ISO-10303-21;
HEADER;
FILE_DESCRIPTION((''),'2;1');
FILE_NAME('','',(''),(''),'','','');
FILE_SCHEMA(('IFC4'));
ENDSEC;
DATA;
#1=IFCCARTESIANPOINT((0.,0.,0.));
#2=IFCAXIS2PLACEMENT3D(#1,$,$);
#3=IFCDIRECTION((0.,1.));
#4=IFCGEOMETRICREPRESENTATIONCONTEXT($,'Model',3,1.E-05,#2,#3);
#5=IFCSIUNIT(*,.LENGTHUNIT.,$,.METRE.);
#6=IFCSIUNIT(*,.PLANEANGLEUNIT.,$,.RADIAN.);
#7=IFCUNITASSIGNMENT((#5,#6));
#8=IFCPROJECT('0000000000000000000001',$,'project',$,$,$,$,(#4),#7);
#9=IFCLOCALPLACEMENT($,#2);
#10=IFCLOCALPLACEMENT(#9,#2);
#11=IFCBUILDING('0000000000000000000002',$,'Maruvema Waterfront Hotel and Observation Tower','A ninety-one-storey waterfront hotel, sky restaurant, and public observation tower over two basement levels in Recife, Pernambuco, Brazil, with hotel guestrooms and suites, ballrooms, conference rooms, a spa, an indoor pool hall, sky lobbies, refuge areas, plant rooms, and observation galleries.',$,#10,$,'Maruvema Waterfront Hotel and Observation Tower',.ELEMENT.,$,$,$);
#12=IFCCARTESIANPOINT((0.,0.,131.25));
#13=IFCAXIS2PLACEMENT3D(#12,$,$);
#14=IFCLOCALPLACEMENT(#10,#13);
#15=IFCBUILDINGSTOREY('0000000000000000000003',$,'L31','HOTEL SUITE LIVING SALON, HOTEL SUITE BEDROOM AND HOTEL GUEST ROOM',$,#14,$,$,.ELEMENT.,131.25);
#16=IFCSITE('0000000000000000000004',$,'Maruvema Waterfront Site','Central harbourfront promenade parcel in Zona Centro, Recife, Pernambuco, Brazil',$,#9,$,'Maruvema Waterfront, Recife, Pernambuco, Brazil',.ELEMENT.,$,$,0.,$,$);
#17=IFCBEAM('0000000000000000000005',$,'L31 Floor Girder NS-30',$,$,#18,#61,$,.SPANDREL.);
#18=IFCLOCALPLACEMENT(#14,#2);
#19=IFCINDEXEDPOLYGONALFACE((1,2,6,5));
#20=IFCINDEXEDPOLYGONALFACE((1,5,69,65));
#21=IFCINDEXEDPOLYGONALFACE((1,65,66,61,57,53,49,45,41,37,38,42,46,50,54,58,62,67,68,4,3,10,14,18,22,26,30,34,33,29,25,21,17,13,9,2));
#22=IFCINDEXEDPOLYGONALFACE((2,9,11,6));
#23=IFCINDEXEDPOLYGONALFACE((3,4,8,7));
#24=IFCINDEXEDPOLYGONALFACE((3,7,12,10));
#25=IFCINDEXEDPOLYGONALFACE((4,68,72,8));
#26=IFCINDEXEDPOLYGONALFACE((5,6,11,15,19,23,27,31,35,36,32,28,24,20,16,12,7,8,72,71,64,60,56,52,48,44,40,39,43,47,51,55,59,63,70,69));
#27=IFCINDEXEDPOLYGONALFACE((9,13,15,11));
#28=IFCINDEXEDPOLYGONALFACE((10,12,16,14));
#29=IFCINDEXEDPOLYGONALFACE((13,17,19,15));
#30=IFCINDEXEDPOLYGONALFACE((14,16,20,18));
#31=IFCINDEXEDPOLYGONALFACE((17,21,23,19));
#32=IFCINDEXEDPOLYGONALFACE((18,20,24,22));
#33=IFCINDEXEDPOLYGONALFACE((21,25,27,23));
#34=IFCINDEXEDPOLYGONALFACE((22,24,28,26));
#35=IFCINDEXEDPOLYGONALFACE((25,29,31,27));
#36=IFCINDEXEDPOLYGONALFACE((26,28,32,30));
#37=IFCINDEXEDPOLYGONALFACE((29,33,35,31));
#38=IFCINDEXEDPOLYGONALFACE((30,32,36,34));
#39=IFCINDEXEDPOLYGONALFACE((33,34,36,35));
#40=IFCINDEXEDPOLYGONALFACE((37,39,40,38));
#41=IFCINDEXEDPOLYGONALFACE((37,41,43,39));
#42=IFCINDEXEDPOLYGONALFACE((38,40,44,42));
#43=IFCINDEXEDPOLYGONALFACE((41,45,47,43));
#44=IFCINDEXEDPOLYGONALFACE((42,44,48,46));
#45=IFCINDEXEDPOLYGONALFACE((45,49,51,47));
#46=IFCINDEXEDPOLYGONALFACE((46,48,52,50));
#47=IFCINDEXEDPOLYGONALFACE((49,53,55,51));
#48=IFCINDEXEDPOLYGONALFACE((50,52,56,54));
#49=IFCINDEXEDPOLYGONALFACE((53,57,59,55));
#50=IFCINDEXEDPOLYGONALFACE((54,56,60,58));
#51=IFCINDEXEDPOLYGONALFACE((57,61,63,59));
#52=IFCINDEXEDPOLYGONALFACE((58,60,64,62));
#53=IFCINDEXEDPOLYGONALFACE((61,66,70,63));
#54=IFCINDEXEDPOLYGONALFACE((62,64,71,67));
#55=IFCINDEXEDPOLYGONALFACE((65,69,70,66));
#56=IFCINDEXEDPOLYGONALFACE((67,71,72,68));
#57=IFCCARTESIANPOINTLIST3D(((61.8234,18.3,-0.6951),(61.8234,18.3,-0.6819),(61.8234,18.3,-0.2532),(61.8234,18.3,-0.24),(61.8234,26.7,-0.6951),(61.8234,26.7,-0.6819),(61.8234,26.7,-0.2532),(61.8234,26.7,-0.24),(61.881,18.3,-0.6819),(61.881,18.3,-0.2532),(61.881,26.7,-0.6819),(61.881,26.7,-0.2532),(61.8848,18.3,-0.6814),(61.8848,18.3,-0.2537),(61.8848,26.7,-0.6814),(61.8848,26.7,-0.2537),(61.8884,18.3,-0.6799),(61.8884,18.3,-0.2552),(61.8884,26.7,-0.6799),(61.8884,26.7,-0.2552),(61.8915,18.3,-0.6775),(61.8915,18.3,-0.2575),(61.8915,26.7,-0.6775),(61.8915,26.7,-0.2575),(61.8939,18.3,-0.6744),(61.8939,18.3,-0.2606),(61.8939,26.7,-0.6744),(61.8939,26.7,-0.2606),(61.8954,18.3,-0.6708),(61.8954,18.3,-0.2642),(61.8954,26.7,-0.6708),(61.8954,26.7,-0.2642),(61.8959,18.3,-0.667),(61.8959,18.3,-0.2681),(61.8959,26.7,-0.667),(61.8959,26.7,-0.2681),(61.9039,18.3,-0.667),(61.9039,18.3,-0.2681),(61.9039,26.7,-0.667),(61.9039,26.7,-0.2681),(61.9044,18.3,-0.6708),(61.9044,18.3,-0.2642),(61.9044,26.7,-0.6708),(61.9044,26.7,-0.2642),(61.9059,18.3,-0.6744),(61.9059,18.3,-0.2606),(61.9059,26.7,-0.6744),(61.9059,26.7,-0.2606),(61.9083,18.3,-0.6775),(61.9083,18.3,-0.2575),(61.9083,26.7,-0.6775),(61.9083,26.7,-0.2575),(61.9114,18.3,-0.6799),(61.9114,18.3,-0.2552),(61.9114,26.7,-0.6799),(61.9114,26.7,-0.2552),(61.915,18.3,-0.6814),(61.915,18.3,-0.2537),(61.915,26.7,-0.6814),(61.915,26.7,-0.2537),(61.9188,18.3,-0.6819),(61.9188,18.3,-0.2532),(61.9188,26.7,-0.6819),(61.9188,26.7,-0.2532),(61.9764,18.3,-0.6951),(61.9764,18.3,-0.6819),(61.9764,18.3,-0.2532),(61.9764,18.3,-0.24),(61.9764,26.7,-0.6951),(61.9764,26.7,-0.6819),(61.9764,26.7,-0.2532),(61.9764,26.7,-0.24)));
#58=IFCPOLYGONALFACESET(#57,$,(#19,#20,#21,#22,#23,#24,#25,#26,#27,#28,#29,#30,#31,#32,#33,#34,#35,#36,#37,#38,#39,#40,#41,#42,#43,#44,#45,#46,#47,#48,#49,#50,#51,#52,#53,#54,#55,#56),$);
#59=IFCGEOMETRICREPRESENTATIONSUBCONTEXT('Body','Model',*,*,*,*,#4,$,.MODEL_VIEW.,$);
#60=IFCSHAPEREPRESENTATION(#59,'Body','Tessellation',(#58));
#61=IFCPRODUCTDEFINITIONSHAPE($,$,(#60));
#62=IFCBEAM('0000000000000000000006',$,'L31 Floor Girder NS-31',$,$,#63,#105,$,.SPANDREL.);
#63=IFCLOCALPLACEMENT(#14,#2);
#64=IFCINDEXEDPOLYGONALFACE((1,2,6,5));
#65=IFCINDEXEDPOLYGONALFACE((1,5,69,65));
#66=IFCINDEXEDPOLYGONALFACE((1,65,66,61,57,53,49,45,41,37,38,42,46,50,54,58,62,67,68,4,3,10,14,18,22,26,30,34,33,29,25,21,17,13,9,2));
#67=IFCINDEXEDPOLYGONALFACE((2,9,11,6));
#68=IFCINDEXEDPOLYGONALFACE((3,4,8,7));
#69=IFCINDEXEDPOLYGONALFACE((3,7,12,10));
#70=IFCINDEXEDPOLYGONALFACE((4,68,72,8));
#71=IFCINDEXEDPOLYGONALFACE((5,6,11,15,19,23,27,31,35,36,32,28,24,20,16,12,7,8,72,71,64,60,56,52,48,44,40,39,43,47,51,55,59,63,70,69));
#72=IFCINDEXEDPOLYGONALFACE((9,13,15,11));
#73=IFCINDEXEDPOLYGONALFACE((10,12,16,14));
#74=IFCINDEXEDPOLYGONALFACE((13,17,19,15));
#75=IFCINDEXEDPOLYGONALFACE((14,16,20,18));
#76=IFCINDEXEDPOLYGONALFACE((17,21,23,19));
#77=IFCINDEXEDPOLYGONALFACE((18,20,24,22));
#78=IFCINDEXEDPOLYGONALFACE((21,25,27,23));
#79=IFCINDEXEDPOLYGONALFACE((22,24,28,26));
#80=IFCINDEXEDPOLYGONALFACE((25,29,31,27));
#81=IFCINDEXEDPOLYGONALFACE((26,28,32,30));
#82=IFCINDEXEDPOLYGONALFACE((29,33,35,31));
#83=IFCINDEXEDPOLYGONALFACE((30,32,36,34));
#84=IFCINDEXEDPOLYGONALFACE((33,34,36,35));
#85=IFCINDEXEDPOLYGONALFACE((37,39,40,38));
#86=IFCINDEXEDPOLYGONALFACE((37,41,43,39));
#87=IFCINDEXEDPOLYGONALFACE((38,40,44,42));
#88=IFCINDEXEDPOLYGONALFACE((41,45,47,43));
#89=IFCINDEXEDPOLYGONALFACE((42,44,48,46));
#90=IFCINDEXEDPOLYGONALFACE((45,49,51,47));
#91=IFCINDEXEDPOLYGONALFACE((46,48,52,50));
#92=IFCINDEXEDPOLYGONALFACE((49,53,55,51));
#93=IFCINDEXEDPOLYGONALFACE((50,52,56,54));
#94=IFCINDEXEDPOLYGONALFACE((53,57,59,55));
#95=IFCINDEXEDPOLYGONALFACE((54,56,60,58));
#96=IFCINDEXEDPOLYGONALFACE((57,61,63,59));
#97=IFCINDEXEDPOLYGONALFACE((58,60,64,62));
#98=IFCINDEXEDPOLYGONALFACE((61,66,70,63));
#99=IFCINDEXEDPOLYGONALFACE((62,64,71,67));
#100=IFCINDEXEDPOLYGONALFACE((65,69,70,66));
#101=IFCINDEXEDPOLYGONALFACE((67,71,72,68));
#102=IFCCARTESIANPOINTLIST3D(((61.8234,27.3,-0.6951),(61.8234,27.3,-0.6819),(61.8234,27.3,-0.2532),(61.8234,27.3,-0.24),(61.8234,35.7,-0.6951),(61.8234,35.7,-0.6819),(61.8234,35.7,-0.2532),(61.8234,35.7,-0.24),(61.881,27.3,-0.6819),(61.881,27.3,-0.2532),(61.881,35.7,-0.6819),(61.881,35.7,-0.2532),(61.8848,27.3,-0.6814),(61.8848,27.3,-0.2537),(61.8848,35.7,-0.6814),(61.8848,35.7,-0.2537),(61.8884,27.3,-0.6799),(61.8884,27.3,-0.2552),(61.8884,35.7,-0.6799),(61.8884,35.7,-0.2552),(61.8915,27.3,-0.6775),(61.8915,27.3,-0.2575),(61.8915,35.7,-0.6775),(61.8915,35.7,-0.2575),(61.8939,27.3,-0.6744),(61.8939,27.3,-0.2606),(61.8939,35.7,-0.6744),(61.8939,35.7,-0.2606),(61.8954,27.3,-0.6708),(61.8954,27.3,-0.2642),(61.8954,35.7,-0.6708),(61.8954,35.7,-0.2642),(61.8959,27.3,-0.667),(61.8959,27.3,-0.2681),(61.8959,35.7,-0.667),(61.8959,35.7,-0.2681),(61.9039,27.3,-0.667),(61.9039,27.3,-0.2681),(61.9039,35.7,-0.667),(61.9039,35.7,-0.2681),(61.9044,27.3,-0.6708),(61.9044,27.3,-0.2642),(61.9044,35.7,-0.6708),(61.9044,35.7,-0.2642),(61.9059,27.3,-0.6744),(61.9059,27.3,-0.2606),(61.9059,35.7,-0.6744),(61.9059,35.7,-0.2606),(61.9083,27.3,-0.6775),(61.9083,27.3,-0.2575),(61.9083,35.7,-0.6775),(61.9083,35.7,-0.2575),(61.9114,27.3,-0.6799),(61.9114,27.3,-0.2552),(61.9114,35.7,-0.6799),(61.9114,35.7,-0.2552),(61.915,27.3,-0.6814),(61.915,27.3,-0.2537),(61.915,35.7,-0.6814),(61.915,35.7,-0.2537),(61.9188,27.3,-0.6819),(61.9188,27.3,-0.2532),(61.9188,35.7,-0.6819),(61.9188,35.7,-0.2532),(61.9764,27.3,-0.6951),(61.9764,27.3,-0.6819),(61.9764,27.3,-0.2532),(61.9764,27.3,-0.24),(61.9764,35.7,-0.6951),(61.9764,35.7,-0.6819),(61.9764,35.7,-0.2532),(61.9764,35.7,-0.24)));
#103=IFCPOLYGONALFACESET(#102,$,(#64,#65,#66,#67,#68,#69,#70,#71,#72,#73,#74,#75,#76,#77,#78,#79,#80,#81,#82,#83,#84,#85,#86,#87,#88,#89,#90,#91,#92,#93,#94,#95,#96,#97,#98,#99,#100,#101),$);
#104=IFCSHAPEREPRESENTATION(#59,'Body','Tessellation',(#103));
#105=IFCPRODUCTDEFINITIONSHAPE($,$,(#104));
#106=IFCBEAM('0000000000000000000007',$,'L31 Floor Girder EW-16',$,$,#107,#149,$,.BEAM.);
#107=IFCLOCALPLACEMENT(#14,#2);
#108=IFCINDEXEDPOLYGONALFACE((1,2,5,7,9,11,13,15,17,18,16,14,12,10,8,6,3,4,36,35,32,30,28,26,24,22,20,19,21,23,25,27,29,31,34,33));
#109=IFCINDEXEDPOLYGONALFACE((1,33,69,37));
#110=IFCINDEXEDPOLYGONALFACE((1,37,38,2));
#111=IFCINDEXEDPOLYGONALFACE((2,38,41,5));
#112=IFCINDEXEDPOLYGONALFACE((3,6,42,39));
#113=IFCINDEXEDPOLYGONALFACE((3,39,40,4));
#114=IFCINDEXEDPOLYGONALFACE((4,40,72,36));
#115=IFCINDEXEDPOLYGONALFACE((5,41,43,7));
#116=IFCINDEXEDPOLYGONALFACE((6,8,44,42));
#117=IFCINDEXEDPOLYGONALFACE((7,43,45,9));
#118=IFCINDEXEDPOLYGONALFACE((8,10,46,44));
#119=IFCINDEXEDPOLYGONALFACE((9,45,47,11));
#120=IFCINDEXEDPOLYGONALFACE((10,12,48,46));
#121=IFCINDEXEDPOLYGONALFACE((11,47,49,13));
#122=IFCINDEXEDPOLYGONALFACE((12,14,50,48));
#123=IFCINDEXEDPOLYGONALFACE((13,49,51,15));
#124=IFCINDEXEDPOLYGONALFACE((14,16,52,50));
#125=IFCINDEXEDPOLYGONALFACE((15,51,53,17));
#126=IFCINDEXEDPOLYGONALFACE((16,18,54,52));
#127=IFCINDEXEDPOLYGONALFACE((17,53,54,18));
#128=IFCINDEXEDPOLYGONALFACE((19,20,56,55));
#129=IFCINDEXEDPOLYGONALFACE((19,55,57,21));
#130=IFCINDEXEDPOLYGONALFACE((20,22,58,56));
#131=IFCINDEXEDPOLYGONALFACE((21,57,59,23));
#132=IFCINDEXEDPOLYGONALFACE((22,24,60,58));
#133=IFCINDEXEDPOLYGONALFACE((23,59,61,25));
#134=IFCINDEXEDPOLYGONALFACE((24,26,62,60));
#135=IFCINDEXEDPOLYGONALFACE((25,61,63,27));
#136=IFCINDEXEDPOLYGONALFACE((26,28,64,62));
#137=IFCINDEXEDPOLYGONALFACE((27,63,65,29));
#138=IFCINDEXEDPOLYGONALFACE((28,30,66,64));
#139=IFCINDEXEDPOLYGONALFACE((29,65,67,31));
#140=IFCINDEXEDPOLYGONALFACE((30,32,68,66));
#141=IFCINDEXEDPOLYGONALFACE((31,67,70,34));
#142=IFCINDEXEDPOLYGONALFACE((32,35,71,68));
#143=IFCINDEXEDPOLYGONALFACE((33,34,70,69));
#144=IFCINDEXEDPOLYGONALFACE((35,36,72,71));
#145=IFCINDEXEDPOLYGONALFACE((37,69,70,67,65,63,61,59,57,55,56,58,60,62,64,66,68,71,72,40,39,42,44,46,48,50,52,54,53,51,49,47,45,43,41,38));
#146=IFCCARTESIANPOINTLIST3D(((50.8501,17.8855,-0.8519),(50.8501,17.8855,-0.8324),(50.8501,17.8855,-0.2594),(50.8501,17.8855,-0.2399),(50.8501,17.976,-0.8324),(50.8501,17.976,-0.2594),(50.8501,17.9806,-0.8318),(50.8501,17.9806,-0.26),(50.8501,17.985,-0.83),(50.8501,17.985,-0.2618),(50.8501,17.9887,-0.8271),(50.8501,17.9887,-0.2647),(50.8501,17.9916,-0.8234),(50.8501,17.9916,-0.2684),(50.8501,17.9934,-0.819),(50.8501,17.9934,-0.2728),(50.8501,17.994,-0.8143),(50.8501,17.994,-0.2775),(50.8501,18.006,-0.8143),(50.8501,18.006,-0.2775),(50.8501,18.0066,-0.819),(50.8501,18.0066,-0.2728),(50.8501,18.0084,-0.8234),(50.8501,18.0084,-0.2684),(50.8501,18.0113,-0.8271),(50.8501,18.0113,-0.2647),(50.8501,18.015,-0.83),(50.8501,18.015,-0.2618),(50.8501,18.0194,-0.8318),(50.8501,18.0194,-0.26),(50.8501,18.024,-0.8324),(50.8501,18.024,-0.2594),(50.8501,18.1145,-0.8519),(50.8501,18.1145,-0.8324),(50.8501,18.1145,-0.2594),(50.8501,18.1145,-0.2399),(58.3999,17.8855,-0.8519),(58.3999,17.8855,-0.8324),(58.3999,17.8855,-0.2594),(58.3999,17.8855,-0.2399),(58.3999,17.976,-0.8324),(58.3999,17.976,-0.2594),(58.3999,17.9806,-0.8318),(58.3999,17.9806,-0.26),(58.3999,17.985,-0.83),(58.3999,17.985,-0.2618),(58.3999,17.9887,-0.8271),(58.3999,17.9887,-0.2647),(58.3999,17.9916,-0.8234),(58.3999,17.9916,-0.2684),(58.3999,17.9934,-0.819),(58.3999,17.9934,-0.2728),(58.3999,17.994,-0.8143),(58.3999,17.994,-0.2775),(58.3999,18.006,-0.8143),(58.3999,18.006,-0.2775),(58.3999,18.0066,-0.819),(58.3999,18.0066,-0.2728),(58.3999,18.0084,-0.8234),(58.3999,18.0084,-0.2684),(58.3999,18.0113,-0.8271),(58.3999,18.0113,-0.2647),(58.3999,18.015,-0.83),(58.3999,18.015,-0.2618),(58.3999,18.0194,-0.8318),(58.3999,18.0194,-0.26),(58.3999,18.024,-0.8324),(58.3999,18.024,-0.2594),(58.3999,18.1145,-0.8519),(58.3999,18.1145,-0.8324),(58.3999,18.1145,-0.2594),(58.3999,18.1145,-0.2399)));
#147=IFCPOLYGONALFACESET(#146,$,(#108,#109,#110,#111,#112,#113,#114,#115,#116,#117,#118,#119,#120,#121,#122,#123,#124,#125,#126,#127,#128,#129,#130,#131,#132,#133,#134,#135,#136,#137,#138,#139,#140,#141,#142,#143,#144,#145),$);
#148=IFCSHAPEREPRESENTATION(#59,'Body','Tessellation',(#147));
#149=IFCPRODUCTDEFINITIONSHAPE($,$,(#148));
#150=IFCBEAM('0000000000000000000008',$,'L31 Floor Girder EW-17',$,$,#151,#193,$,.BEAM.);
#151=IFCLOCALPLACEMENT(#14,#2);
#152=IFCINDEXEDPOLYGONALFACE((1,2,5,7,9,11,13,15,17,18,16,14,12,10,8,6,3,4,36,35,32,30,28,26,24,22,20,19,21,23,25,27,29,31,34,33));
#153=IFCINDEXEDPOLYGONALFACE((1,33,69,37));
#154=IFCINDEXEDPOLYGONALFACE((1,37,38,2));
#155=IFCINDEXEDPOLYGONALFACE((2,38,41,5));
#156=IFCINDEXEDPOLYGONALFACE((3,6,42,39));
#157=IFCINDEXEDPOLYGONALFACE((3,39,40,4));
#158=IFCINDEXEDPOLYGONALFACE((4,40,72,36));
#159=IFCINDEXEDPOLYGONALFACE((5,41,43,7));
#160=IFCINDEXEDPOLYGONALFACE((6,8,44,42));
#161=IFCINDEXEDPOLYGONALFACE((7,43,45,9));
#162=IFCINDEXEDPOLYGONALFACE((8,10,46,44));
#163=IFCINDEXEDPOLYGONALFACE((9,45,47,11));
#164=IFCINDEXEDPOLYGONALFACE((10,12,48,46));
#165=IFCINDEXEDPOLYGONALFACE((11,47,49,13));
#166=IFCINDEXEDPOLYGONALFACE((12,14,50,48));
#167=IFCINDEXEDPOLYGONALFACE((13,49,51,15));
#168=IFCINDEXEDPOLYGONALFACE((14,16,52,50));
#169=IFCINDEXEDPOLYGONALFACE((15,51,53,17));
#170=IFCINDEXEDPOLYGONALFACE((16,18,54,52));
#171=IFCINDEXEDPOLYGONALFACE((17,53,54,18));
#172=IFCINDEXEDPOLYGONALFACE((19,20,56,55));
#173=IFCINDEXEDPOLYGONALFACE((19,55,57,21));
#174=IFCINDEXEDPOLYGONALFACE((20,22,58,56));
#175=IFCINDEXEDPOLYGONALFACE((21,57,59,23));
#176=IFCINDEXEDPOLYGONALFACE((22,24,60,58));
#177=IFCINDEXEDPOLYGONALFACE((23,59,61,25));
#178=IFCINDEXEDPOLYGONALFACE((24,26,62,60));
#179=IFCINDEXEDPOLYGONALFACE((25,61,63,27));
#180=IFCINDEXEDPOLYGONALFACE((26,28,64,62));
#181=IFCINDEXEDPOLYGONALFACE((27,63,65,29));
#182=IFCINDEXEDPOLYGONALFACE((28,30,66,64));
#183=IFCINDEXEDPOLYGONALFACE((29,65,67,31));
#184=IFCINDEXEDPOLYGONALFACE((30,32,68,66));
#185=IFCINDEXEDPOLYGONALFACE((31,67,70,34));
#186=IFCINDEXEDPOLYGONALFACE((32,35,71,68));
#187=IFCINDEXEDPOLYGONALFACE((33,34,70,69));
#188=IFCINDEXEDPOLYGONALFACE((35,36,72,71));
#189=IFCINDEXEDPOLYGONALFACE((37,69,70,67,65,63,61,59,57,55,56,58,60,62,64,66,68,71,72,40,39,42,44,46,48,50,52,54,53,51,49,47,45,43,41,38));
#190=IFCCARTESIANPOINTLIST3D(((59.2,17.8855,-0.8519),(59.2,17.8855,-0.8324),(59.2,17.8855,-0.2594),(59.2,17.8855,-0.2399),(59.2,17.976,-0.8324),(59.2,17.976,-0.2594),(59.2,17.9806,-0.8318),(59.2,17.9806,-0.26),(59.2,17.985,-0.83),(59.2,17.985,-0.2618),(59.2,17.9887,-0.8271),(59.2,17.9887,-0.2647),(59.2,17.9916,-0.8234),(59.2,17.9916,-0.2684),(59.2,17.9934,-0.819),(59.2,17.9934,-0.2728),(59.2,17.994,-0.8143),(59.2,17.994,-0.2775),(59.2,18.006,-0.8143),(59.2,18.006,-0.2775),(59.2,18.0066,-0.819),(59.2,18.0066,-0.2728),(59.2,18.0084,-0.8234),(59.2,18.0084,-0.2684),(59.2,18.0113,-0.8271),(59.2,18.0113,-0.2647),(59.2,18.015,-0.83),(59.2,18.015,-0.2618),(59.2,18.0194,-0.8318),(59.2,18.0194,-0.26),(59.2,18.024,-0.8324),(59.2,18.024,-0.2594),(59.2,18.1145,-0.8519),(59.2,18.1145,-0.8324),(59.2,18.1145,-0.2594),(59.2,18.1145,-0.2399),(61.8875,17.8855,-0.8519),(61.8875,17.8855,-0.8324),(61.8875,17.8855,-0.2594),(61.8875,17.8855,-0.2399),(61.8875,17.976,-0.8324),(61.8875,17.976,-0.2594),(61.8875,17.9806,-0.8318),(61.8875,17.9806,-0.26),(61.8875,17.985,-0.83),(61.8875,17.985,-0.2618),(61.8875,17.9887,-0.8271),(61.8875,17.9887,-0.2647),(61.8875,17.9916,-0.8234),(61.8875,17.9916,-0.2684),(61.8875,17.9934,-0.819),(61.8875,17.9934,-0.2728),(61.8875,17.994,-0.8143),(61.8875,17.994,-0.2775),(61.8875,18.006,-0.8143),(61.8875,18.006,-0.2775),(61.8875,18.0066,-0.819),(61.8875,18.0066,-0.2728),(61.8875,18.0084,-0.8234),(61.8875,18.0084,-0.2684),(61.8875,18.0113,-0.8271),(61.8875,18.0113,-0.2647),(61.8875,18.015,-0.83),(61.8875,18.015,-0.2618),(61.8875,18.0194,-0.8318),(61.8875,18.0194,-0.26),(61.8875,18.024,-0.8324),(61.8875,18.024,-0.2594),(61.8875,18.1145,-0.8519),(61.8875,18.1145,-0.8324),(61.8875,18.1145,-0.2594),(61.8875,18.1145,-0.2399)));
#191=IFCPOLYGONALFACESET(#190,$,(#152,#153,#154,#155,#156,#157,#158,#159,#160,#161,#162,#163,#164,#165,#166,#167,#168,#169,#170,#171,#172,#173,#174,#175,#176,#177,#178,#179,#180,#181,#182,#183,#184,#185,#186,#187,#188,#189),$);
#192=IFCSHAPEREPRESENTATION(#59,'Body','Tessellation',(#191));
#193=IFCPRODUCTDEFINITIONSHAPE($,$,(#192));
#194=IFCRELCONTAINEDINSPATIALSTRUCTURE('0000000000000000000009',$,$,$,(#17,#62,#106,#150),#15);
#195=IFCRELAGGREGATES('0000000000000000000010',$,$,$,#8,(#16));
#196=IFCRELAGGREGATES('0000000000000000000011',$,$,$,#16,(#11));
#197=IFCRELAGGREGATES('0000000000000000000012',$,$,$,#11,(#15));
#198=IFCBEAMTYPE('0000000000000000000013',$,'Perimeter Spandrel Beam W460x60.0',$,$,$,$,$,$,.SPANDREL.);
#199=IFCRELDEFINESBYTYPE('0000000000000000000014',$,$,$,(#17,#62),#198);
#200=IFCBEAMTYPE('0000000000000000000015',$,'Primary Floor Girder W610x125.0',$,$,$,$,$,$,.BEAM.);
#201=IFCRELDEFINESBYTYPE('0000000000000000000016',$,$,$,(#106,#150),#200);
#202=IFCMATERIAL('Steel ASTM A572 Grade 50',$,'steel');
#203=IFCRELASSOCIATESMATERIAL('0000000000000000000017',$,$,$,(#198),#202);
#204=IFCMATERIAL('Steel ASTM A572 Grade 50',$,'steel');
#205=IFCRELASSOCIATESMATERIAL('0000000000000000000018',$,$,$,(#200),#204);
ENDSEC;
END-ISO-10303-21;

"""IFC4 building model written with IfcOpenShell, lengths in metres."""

from ifc_helpers import new_model, si_unit, direction, frame, origin, origin_2d, place, context, subcontext, project, spatial, i_section, extrude, material, material_profile, profile_set, type_object, element, save


model = new_model("IFC4")

# Units and contexts
model_context = context("Model", 3, precision=1e-05, world=origin(), true_north=direction((0.0, 1.0)))
body_context = subcontext(model_context, "Body", "Model", "MODEL_VIEW")
ifc_project = project(units=[si_unit("LENGTHUNIT", "METRE"), si_unit("PLANEANGLEUNIT", "RADIAN")], contexts=[model_context])

# Site, building, storey
site_placement = place(None, origin())
site = spatial("IfcSite", under=ifc_project, at=site_placement, Name="Maruvema Waterfront Site", Description="Central harbourfront promenade parcel in Zona Centro, Recife, Pernambuco, Brazil", LongName="Maruvema Waterfront, Recife, Pernambuco, Brazil", CompositionType="ELEMENT", RefElevation=0.0)
building_placement = place(site_placement, origin())
building = spatial("IfcBuilding", under=site, at=building_placement, Name="Maruvema Waterfront Hotel and Observation Tower", Description="A ninety-one-storey waterfront hotel, sky restaurant, and public observation tower over two basement levels in Recife, Pernambuco, Brazil, with hotel guestrooms and suites, ballrooms, conference rooms, a spa, an indoor pool hall, sky lobbies, refuge areas, plant rooms, and observation galleries.", LongName="Maruvema Waterfront Hotel and Observation Tower", CompositionType="ELEMENT")
storey_placement = place(building_placement, frame((0.0, 0.0, 131.25)))
storey = spatial("IfcBuildingStorey", under=building, at=storey_placement, Name="L31", Description="HOTEL SUITE LIVING SALON, HOTEL SUITE BEDROOM AND HOTEL GUEST ROOM", CompositionType="ELEMENT", Elevation=131.25)

# Beams
ifc_material_1 = material(Name="Steel ASTM A572 Grade 50", Category="steel")
ifc_material_profile_1 = material_profile(ifc_material_1, i_section(OverallWidth=0.1531, OverallDepth=0.4551, WebThickness=0.0081, FlangeThickness=0.0132, FilletRadius=0.0149, at=origin_2d()), Name="W460x60.0")
ifc_profile_set_1 = profile_set([ifc_material_profile_1], Name="Steel ASTM A572 Grade 50")
beam_type_1 = type_object("IfcBeamType", Name="Perimeter Spandrel Beam W460x60.0", PredefinedType="SPANDREL", material=ifc_profile_set_1)
for number, where, z_axis, x_axis, name in (
    (1, (61.8999, 18.3, -0.4675), (0.0, 1.0, 0.0), (-1.0, 0.0, 0.0), "L31 Floor Girder NS-30"),
    (2, (61.8999, 27.3, -0.4675), (0.0, 1.0, 0.0), (-1.0, 0.0, 0.0), "L31 Floor Girder NS-31"),
):
    element("IfcBeam", number, at=place(storey_placement, frame(where, z_axis=z_axis, x_axis=x_axis)), inside=storey, type_object=beam_type_1, Name=name, PredefinedType="SPANDREL", context=body_context, shape_type="SweptSolid", body=[
        extrude(i_section(OverallWidth=0.1531, OverallDepth=0.4551, WebThickness=0.0081, FlangeThickness=0.0132, FilletRadius=0.0149, at=origin_2d()), origin(), (0.0, 0.0, 1.0), 8.3999),
    ])
ifc_material_2 = material(Name="Steel ASTM A572 Grade 50", Category="steel")
ifc_material_profile_2 = material_profile(ifc_material_2, i_section(OverallWidth=0.229, OverallDepth=0.6121, WebThickness=0.012, FlangeThickness=0.0195, FilletRadius=0.0181, at=origin_2d()), Name="W610x125.0")
ifc_profile_set_2 = profile_set([ifc_material_profile_2], Name="Steel ASTM A572 Grade 50")
beam_type_2 = type_object("IfcBeamType", Name="Primary Floor Girder W610x125.0", PredefinedType="BEAM", material=ifc_profile_set_2)
beam_1_placement = place(storey_placement, frame((50.8501, 18.0, -0.5459), z_axis=(1.0, 0.0, 0.0), x_axis=(0.0, 1.0, 0.0)))
element("IfcBeam", 3, at=beam_1_placement, inside=storey, type_object=beam_type_2, Name="L31 Floor Girder EW-16", PredefinedType="BEAM", context=body_context, shape_type="SweptSolid", body=[
    extrude(i_section(OverallWidth=0.229, OverallDepth=0.6121, WebThickness=0.012, FlangeThickness=0.0195, FilletRadius=0.0181, at=origin_2d()), origin(), (0.0, 0.0, 1.0), 7.5498),
])
beam_2_placement = place(storey_placement, frame((59.2, 18.0, -0.5459), z_axis=(1.0, 0.0, 0.0), x_axis=(0.0, 1.0, 0.0)))
element("IfcBeam", 4, at=beam_2_placement, inside=storey, type_object=beam_type_2, Name="L31 Floor Girder EW-17", PredefinedType="BEAM", context=body_context, shape_type="SweptSolid", body=[
    extrude(i_section(OverallWidth=0.229, OverallDepth=0.6121, WebThickness=0.012, FlangeThickness=0.0195, FilletRadius=0.0181, at=origin_2d()), origin(), (0.0, 0.0, 1.0), 2.6875),
])

save(model, "model.ifc")
